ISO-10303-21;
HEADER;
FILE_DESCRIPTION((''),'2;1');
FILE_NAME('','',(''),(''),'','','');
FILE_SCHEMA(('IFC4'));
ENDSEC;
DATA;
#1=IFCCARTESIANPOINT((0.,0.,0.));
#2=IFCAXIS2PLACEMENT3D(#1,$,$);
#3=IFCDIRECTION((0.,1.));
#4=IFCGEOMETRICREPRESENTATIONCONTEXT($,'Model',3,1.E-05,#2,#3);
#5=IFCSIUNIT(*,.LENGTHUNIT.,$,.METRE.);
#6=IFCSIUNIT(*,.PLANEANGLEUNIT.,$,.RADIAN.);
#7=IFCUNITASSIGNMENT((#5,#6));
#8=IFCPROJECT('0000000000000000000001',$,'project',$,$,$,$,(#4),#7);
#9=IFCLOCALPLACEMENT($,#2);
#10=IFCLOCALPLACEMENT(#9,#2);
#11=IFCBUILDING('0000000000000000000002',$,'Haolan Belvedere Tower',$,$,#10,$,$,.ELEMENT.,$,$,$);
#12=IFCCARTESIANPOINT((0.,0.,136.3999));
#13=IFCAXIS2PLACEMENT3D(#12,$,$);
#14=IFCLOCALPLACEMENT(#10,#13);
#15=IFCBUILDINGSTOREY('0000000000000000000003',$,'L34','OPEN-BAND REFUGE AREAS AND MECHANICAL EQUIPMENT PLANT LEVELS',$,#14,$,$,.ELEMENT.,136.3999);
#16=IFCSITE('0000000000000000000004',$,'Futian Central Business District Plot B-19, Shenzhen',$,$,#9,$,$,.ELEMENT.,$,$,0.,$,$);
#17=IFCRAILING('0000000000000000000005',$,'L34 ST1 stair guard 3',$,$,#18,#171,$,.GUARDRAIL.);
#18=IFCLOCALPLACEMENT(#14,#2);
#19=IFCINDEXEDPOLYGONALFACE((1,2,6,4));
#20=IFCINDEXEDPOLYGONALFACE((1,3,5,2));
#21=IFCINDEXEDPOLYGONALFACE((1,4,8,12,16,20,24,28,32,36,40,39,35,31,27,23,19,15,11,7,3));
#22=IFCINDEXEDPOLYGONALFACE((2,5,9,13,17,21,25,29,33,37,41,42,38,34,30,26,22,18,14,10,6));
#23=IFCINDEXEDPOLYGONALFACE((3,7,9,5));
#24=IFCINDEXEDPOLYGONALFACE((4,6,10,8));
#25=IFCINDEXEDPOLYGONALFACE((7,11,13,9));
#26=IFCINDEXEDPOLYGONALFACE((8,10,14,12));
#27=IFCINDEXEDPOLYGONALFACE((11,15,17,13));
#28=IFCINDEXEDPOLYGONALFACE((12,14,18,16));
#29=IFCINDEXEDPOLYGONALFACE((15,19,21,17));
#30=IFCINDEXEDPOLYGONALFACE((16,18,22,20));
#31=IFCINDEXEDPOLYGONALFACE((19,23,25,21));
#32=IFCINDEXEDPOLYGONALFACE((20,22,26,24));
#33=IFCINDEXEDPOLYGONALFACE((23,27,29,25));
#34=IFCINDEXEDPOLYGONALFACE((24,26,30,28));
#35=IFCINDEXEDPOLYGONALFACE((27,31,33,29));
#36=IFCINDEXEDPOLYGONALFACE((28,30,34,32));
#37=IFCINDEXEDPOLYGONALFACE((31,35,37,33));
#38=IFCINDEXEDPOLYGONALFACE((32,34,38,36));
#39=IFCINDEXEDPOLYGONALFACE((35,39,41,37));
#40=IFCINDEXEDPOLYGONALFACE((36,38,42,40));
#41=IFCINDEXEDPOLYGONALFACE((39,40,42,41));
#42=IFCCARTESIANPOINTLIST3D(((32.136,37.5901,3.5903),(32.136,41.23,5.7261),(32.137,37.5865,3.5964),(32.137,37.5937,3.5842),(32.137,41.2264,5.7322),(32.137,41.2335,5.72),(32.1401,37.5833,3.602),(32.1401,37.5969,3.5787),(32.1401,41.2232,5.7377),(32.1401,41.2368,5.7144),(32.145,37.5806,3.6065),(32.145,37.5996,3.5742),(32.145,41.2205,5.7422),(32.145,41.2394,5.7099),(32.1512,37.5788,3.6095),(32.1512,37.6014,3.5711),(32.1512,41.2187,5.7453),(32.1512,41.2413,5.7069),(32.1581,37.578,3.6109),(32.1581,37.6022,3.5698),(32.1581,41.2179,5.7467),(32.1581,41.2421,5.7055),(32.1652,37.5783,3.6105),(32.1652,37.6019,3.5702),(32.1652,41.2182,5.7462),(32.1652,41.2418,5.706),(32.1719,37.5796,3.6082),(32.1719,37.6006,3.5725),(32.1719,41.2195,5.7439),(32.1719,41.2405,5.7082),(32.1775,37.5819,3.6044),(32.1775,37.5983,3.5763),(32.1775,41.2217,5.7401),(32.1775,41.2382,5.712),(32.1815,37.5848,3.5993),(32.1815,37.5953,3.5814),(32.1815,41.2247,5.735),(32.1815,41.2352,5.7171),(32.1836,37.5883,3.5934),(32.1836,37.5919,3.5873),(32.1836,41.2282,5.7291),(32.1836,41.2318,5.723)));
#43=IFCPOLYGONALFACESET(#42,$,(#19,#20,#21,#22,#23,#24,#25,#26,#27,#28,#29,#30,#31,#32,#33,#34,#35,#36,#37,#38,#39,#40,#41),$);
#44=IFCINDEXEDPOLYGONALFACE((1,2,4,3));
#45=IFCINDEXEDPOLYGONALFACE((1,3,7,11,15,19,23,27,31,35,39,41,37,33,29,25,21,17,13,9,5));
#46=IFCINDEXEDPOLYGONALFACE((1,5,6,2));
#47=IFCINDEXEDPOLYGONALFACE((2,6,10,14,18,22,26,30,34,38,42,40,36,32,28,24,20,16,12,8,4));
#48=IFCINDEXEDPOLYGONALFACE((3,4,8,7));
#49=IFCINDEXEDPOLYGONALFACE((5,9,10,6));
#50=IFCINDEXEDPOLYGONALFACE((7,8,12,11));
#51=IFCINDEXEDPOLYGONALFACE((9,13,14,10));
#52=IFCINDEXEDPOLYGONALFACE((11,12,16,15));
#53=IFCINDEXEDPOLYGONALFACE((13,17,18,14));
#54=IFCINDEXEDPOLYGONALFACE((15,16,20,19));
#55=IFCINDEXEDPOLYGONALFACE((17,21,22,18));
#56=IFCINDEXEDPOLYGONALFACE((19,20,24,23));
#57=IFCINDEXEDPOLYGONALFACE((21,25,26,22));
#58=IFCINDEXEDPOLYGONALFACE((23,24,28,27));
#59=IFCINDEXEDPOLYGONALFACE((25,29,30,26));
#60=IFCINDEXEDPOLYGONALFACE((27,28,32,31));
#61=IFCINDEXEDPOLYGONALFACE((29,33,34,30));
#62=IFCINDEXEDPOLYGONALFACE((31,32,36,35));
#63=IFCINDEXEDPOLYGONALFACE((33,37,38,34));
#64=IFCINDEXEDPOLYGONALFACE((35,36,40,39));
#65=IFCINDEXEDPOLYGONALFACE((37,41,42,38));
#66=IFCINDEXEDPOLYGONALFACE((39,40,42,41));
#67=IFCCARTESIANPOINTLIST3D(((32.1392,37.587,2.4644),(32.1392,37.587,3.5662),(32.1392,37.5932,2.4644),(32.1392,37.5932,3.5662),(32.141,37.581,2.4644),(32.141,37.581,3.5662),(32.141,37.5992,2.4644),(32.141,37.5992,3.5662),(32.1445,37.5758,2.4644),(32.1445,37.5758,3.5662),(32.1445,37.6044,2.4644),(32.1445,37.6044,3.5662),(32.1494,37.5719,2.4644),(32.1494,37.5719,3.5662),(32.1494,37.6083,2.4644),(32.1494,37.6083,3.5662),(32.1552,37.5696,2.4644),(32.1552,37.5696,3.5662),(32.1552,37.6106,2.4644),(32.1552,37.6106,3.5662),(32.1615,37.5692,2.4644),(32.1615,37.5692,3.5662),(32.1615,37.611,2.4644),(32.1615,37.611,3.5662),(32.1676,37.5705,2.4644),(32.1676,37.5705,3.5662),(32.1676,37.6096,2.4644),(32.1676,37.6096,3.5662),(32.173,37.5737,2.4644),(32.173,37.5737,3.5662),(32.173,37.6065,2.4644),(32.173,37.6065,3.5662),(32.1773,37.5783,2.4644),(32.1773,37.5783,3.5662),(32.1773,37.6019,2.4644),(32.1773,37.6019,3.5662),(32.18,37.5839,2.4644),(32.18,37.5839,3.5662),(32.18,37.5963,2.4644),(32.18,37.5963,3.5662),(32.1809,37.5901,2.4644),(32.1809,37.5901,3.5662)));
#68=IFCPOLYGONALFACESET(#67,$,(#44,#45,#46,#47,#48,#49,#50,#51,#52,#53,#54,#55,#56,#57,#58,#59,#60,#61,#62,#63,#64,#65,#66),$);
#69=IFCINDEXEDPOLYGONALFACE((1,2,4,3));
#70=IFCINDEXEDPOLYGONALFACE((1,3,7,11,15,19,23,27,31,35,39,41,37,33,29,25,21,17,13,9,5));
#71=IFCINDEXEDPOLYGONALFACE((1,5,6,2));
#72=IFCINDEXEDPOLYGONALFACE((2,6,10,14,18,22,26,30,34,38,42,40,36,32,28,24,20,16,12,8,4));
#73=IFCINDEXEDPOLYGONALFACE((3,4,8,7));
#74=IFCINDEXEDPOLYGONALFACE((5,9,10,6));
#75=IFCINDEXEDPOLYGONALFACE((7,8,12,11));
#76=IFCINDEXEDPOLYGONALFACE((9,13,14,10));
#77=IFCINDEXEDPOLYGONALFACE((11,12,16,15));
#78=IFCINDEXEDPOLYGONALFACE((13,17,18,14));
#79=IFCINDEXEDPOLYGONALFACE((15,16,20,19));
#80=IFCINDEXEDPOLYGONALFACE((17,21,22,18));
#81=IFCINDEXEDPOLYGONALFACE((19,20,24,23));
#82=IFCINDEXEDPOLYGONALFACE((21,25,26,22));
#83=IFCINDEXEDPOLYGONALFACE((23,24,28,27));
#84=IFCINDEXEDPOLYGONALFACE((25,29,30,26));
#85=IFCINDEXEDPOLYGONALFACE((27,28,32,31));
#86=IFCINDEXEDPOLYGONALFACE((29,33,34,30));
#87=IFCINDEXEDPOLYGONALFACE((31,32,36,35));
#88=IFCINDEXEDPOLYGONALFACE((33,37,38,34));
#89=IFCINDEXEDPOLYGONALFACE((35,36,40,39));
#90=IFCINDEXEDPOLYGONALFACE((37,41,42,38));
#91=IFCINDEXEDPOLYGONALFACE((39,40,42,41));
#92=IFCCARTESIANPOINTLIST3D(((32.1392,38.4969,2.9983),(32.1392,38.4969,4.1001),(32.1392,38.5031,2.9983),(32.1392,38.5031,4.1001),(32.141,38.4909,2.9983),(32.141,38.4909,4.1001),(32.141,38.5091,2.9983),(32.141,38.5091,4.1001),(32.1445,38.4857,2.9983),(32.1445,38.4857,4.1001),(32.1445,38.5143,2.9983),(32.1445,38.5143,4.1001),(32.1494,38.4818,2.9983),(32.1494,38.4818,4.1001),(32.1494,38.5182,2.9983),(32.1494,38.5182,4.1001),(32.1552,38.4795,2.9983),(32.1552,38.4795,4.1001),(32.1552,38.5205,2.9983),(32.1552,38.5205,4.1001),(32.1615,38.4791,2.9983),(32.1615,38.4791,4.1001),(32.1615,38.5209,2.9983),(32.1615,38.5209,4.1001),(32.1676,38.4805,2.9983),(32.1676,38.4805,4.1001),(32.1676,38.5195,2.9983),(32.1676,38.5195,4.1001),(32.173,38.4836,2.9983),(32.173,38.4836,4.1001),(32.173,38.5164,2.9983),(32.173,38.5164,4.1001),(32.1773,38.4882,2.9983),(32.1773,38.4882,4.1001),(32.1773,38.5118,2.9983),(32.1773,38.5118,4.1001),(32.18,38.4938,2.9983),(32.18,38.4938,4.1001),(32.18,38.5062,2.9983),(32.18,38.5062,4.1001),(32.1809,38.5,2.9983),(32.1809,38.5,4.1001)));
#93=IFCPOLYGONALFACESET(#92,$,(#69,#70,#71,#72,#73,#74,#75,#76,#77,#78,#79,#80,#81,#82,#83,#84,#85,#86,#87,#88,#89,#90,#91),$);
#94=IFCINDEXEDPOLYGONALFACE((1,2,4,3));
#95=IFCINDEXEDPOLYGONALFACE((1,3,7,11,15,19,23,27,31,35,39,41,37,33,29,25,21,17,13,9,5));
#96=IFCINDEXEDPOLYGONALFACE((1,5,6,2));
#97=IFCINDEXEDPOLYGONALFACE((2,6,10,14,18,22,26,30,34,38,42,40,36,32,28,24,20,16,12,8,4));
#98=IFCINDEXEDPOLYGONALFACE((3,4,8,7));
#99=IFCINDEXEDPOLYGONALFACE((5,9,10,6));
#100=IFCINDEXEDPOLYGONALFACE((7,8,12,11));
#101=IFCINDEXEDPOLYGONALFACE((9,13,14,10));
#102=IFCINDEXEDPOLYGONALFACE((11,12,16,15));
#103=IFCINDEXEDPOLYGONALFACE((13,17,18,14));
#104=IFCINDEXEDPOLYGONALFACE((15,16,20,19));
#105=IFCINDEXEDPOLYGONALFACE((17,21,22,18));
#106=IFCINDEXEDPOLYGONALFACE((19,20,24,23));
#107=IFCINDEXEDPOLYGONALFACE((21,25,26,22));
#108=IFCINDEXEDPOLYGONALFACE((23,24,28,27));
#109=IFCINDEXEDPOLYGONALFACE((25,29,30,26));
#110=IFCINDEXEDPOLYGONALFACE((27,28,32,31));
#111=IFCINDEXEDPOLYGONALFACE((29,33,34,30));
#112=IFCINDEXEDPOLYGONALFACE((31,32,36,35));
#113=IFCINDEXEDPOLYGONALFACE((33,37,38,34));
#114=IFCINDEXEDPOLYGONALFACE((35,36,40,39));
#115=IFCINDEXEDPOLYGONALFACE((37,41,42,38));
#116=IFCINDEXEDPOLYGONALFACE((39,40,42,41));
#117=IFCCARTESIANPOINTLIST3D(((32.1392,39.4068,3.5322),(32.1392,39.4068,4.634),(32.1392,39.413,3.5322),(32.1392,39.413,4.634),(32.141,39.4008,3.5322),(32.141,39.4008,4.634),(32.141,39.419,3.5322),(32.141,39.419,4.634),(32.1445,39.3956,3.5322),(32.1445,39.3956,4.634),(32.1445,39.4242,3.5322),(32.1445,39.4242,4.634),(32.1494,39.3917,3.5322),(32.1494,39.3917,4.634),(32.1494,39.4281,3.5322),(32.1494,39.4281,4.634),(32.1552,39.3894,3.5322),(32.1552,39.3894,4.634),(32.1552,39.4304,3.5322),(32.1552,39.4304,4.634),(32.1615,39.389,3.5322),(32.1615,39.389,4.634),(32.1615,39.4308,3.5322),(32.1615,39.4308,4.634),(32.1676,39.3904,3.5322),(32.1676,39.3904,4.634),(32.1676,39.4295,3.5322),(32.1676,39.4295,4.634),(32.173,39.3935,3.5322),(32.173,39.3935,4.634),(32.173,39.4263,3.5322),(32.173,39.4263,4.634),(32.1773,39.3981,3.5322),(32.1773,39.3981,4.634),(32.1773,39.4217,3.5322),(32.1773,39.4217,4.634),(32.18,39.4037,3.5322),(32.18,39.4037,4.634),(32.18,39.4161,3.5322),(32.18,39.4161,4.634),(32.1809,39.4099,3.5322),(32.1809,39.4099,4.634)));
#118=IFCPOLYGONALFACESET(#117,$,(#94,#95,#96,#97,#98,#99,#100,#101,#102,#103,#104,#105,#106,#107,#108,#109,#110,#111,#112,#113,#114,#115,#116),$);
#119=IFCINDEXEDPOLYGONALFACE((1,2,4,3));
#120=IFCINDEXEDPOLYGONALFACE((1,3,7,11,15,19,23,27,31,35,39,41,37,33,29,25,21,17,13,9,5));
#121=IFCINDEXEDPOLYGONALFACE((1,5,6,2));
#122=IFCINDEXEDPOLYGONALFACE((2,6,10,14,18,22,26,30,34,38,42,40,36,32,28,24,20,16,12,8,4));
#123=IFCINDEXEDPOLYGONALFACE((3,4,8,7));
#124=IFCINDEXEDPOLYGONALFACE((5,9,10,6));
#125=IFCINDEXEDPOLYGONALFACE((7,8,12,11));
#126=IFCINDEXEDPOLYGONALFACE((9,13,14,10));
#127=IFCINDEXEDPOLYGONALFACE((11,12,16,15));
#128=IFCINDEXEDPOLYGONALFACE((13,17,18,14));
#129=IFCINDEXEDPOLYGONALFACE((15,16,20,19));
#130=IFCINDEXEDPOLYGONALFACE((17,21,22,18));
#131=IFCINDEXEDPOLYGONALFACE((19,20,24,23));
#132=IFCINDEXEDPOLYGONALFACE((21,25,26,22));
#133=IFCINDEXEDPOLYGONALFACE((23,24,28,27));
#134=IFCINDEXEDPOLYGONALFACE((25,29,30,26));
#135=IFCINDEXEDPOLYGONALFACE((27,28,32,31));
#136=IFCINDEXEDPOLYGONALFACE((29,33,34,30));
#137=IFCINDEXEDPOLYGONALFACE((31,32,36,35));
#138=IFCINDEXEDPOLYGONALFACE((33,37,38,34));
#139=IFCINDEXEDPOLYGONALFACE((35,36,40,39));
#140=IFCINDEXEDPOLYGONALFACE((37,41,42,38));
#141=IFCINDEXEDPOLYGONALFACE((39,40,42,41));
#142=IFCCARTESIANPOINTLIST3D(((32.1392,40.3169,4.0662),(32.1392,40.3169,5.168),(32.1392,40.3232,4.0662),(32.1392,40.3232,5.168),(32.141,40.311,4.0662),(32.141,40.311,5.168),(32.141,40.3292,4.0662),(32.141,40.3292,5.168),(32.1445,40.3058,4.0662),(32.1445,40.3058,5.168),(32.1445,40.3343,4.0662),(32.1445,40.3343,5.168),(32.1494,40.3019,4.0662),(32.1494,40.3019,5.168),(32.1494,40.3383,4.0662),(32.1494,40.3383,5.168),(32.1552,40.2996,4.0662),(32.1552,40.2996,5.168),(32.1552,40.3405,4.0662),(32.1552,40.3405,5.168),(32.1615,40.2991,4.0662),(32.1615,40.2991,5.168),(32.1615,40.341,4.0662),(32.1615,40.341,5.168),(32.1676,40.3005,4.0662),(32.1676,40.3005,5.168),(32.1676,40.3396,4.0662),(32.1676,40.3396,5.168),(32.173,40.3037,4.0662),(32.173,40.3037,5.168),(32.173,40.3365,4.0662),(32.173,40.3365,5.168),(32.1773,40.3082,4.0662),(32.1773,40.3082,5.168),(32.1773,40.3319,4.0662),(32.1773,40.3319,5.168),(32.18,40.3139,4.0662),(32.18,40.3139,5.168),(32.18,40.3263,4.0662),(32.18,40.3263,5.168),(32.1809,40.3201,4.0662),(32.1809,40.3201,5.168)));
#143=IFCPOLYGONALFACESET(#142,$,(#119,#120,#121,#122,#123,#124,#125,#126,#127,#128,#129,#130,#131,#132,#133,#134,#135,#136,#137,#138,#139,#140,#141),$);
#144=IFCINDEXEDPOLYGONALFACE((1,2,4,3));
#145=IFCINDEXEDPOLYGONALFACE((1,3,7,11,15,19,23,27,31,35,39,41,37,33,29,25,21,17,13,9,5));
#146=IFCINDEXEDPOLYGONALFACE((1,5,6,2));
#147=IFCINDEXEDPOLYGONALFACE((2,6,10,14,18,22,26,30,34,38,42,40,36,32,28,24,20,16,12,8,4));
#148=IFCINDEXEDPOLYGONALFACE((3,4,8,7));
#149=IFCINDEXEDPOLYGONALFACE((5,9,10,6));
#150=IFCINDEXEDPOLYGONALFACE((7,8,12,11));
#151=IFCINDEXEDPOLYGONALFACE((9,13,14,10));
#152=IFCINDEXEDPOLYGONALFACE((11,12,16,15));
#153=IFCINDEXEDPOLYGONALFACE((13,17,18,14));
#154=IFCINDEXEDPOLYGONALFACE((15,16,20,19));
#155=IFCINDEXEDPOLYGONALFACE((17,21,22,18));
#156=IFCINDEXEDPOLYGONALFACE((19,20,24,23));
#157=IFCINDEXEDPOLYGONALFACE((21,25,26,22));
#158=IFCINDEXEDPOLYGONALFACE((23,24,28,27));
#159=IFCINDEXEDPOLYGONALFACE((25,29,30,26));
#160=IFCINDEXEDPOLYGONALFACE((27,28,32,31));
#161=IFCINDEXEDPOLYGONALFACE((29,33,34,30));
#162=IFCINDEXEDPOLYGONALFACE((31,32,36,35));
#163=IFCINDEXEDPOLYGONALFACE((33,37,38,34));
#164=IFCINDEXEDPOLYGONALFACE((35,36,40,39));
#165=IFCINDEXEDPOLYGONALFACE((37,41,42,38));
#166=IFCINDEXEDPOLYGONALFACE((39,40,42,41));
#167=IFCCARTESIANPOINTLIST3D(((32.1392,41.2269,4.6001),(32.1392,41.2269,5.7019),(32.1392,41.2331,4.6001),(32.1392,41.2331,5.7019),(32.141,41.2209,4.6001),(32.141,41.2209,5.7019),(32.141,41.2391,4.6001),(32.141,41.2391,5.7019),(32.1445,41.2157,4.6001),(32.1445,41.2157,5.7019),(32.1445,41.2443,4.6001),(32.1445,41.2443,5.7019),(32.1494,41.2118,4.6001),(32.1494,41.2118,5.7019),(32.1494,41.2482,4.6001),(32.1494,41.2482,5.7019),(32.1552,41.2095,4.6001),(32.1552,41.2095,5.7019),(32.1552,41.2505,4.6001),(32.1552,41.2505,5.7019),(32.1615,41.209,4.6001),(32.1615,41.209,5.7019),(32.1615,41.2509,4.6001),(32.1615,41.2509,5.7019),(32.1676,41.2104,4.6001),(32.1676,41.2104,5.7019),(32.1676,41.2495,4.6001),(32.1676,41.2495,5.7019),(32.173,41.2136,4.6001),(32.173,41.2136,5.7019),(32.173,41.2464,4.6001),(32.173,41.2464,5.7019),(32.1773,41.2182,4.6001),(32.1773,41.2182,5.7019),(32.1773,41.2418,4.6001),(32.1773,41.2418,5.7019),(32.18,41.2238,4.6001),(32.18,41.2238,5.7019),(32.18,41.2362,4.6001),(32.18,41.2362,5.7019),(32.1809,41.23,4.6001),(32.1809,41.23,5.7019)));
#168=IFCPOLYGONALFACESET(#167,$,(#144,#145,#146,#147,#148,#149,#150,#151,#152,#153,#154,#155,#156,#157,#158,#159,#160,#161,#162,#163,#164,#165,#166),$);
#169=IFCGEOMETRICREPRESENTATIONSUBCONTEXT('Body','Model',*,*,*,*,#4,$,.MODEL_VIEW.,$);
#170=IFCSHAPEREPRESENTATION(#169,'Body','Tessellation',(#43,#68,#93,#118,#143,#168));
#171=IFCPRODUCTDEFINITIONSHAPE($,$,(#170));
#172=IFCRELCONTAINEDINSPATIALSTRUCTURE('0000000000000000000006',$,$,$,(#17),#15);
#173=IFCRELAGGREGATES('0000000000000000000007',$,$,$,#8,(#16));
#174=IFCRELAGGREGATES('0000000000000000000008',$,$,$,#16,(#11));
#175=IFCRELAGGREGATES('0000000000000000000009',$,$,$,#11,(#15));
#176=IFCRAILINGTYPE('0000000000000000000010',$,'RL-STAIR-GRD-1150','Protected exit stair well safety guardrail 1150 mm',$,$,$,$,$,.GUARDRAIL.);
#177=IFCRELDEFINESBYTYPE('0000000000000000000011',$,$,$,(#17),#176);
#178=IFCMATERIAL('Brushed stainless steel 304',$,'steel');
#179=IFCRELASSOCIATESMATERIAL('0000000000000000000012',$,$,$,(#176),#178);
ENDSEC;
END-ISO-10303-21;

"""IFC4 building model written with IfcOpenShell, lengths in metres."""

from ifc_helpers import new_model, si_unit, direction, frame, origin, origin_2d, place, context, subcontext, project, spatial, circle, extrude, material, type_object, element, save


model = new_model("IFC4")

# Units and contexts
model_context = context("Model", 3, precision=1e-05, world=origin(), true_north=direction((0.0, 1.0)))
body_context = subcontext(model_context, "Body", "Model", "MODEL_VIEW")
ifc_project = project(units=[si_unit("LENGTHUNIT", "METRE"), si_unit("PLANEANGLEUNIT", "RADIAN")], contexts=[model_context])

# Site, building, storey
site_placement = place(None, origin())
site = spatial("IfcSite", under=ifc_project, at=site_placement, Name="Futian Central Business District Plot B-19, Shenzhen", CompositionType="ELEMENT", RefElevation=0.0)
building_placement = place(site_placement, origin())
building = spatial("IfcBuilding", under=site, at=building_placement, Name="Haolan Belvedere Tower", CompositionType="ELEMENT")
storey_placement = place(building_placement, frame((0.0, 0.0, 136.3999)))
storey = spatial("IfcBuildingStorey", under=building, at=storey_placement, Name="L34", Description="OPEN-BAND REFUGE AREAS AND MECHANICAL EQUIPMENT PLANT LEVELS", CompositionType="ELEMENT", Elevation=136.3999)

# Railing
ifc_material_1 = material(Name="Brushed stainless steel 304", Category="steel")
railing_type_1 = type_object("IfcRailingType", Name="RL-STAIR-GRD-1150", Description="Protected exit stair well safety guardrail 1150 mm", PredefinedType="GUARDRAIL", material=ifc_material_1)
railing_1_placement = place(storey_placement, frame((32.1599, 37.5901, 2.4644)))
element("IfcRailing", 1, at=railing_1_placement, inside=storey, type_object=railing_type_1, Name="L34 ST1 stair guard 3", PredefinedType="GUARDRAIL", context=body_context, shape_type="SweptSolid", body=[
    extrude(circle(Radius=0.0239, at=origin_2d()), frame((0.0, 0.0, 1.126), z_axis=(0.0, 0.86249, 0.506074), x_axis=(-1.0, 0.0, 0.0)), (0.0, 0.0, 1.0), 4.2202),
    extrude(circle(Radius=0.021, at=origin_2d()), origin(), (0.0, 0.0, 1.0), 1.1018),
    extrude(circle(Radius=0.021, at=origin_2d()), frame((0.0, 0.9099, 0.5339)), (0.0, 0.0, 1.0), 1.1018),
    extrude(circle(Radius=0.021, at=origin_2d()), frame((0.0, 1.8198, 1.0679)), (0.0, 0.0, 1.0), 1.1018),
    extrude(circle(Radius=0.021, at=origin_2d()), frame((0.0, 2.73, 1.6018)), (0.0, 0.0, 1.0), 1.1018),
    extrude(circle(Radius=0.021, at=origin_2d()), frame((0.0, 3.6399, 2.1357)), (0.0, 0.0, 1.0), 1.1018),
])

save(model, "model.ifc")
